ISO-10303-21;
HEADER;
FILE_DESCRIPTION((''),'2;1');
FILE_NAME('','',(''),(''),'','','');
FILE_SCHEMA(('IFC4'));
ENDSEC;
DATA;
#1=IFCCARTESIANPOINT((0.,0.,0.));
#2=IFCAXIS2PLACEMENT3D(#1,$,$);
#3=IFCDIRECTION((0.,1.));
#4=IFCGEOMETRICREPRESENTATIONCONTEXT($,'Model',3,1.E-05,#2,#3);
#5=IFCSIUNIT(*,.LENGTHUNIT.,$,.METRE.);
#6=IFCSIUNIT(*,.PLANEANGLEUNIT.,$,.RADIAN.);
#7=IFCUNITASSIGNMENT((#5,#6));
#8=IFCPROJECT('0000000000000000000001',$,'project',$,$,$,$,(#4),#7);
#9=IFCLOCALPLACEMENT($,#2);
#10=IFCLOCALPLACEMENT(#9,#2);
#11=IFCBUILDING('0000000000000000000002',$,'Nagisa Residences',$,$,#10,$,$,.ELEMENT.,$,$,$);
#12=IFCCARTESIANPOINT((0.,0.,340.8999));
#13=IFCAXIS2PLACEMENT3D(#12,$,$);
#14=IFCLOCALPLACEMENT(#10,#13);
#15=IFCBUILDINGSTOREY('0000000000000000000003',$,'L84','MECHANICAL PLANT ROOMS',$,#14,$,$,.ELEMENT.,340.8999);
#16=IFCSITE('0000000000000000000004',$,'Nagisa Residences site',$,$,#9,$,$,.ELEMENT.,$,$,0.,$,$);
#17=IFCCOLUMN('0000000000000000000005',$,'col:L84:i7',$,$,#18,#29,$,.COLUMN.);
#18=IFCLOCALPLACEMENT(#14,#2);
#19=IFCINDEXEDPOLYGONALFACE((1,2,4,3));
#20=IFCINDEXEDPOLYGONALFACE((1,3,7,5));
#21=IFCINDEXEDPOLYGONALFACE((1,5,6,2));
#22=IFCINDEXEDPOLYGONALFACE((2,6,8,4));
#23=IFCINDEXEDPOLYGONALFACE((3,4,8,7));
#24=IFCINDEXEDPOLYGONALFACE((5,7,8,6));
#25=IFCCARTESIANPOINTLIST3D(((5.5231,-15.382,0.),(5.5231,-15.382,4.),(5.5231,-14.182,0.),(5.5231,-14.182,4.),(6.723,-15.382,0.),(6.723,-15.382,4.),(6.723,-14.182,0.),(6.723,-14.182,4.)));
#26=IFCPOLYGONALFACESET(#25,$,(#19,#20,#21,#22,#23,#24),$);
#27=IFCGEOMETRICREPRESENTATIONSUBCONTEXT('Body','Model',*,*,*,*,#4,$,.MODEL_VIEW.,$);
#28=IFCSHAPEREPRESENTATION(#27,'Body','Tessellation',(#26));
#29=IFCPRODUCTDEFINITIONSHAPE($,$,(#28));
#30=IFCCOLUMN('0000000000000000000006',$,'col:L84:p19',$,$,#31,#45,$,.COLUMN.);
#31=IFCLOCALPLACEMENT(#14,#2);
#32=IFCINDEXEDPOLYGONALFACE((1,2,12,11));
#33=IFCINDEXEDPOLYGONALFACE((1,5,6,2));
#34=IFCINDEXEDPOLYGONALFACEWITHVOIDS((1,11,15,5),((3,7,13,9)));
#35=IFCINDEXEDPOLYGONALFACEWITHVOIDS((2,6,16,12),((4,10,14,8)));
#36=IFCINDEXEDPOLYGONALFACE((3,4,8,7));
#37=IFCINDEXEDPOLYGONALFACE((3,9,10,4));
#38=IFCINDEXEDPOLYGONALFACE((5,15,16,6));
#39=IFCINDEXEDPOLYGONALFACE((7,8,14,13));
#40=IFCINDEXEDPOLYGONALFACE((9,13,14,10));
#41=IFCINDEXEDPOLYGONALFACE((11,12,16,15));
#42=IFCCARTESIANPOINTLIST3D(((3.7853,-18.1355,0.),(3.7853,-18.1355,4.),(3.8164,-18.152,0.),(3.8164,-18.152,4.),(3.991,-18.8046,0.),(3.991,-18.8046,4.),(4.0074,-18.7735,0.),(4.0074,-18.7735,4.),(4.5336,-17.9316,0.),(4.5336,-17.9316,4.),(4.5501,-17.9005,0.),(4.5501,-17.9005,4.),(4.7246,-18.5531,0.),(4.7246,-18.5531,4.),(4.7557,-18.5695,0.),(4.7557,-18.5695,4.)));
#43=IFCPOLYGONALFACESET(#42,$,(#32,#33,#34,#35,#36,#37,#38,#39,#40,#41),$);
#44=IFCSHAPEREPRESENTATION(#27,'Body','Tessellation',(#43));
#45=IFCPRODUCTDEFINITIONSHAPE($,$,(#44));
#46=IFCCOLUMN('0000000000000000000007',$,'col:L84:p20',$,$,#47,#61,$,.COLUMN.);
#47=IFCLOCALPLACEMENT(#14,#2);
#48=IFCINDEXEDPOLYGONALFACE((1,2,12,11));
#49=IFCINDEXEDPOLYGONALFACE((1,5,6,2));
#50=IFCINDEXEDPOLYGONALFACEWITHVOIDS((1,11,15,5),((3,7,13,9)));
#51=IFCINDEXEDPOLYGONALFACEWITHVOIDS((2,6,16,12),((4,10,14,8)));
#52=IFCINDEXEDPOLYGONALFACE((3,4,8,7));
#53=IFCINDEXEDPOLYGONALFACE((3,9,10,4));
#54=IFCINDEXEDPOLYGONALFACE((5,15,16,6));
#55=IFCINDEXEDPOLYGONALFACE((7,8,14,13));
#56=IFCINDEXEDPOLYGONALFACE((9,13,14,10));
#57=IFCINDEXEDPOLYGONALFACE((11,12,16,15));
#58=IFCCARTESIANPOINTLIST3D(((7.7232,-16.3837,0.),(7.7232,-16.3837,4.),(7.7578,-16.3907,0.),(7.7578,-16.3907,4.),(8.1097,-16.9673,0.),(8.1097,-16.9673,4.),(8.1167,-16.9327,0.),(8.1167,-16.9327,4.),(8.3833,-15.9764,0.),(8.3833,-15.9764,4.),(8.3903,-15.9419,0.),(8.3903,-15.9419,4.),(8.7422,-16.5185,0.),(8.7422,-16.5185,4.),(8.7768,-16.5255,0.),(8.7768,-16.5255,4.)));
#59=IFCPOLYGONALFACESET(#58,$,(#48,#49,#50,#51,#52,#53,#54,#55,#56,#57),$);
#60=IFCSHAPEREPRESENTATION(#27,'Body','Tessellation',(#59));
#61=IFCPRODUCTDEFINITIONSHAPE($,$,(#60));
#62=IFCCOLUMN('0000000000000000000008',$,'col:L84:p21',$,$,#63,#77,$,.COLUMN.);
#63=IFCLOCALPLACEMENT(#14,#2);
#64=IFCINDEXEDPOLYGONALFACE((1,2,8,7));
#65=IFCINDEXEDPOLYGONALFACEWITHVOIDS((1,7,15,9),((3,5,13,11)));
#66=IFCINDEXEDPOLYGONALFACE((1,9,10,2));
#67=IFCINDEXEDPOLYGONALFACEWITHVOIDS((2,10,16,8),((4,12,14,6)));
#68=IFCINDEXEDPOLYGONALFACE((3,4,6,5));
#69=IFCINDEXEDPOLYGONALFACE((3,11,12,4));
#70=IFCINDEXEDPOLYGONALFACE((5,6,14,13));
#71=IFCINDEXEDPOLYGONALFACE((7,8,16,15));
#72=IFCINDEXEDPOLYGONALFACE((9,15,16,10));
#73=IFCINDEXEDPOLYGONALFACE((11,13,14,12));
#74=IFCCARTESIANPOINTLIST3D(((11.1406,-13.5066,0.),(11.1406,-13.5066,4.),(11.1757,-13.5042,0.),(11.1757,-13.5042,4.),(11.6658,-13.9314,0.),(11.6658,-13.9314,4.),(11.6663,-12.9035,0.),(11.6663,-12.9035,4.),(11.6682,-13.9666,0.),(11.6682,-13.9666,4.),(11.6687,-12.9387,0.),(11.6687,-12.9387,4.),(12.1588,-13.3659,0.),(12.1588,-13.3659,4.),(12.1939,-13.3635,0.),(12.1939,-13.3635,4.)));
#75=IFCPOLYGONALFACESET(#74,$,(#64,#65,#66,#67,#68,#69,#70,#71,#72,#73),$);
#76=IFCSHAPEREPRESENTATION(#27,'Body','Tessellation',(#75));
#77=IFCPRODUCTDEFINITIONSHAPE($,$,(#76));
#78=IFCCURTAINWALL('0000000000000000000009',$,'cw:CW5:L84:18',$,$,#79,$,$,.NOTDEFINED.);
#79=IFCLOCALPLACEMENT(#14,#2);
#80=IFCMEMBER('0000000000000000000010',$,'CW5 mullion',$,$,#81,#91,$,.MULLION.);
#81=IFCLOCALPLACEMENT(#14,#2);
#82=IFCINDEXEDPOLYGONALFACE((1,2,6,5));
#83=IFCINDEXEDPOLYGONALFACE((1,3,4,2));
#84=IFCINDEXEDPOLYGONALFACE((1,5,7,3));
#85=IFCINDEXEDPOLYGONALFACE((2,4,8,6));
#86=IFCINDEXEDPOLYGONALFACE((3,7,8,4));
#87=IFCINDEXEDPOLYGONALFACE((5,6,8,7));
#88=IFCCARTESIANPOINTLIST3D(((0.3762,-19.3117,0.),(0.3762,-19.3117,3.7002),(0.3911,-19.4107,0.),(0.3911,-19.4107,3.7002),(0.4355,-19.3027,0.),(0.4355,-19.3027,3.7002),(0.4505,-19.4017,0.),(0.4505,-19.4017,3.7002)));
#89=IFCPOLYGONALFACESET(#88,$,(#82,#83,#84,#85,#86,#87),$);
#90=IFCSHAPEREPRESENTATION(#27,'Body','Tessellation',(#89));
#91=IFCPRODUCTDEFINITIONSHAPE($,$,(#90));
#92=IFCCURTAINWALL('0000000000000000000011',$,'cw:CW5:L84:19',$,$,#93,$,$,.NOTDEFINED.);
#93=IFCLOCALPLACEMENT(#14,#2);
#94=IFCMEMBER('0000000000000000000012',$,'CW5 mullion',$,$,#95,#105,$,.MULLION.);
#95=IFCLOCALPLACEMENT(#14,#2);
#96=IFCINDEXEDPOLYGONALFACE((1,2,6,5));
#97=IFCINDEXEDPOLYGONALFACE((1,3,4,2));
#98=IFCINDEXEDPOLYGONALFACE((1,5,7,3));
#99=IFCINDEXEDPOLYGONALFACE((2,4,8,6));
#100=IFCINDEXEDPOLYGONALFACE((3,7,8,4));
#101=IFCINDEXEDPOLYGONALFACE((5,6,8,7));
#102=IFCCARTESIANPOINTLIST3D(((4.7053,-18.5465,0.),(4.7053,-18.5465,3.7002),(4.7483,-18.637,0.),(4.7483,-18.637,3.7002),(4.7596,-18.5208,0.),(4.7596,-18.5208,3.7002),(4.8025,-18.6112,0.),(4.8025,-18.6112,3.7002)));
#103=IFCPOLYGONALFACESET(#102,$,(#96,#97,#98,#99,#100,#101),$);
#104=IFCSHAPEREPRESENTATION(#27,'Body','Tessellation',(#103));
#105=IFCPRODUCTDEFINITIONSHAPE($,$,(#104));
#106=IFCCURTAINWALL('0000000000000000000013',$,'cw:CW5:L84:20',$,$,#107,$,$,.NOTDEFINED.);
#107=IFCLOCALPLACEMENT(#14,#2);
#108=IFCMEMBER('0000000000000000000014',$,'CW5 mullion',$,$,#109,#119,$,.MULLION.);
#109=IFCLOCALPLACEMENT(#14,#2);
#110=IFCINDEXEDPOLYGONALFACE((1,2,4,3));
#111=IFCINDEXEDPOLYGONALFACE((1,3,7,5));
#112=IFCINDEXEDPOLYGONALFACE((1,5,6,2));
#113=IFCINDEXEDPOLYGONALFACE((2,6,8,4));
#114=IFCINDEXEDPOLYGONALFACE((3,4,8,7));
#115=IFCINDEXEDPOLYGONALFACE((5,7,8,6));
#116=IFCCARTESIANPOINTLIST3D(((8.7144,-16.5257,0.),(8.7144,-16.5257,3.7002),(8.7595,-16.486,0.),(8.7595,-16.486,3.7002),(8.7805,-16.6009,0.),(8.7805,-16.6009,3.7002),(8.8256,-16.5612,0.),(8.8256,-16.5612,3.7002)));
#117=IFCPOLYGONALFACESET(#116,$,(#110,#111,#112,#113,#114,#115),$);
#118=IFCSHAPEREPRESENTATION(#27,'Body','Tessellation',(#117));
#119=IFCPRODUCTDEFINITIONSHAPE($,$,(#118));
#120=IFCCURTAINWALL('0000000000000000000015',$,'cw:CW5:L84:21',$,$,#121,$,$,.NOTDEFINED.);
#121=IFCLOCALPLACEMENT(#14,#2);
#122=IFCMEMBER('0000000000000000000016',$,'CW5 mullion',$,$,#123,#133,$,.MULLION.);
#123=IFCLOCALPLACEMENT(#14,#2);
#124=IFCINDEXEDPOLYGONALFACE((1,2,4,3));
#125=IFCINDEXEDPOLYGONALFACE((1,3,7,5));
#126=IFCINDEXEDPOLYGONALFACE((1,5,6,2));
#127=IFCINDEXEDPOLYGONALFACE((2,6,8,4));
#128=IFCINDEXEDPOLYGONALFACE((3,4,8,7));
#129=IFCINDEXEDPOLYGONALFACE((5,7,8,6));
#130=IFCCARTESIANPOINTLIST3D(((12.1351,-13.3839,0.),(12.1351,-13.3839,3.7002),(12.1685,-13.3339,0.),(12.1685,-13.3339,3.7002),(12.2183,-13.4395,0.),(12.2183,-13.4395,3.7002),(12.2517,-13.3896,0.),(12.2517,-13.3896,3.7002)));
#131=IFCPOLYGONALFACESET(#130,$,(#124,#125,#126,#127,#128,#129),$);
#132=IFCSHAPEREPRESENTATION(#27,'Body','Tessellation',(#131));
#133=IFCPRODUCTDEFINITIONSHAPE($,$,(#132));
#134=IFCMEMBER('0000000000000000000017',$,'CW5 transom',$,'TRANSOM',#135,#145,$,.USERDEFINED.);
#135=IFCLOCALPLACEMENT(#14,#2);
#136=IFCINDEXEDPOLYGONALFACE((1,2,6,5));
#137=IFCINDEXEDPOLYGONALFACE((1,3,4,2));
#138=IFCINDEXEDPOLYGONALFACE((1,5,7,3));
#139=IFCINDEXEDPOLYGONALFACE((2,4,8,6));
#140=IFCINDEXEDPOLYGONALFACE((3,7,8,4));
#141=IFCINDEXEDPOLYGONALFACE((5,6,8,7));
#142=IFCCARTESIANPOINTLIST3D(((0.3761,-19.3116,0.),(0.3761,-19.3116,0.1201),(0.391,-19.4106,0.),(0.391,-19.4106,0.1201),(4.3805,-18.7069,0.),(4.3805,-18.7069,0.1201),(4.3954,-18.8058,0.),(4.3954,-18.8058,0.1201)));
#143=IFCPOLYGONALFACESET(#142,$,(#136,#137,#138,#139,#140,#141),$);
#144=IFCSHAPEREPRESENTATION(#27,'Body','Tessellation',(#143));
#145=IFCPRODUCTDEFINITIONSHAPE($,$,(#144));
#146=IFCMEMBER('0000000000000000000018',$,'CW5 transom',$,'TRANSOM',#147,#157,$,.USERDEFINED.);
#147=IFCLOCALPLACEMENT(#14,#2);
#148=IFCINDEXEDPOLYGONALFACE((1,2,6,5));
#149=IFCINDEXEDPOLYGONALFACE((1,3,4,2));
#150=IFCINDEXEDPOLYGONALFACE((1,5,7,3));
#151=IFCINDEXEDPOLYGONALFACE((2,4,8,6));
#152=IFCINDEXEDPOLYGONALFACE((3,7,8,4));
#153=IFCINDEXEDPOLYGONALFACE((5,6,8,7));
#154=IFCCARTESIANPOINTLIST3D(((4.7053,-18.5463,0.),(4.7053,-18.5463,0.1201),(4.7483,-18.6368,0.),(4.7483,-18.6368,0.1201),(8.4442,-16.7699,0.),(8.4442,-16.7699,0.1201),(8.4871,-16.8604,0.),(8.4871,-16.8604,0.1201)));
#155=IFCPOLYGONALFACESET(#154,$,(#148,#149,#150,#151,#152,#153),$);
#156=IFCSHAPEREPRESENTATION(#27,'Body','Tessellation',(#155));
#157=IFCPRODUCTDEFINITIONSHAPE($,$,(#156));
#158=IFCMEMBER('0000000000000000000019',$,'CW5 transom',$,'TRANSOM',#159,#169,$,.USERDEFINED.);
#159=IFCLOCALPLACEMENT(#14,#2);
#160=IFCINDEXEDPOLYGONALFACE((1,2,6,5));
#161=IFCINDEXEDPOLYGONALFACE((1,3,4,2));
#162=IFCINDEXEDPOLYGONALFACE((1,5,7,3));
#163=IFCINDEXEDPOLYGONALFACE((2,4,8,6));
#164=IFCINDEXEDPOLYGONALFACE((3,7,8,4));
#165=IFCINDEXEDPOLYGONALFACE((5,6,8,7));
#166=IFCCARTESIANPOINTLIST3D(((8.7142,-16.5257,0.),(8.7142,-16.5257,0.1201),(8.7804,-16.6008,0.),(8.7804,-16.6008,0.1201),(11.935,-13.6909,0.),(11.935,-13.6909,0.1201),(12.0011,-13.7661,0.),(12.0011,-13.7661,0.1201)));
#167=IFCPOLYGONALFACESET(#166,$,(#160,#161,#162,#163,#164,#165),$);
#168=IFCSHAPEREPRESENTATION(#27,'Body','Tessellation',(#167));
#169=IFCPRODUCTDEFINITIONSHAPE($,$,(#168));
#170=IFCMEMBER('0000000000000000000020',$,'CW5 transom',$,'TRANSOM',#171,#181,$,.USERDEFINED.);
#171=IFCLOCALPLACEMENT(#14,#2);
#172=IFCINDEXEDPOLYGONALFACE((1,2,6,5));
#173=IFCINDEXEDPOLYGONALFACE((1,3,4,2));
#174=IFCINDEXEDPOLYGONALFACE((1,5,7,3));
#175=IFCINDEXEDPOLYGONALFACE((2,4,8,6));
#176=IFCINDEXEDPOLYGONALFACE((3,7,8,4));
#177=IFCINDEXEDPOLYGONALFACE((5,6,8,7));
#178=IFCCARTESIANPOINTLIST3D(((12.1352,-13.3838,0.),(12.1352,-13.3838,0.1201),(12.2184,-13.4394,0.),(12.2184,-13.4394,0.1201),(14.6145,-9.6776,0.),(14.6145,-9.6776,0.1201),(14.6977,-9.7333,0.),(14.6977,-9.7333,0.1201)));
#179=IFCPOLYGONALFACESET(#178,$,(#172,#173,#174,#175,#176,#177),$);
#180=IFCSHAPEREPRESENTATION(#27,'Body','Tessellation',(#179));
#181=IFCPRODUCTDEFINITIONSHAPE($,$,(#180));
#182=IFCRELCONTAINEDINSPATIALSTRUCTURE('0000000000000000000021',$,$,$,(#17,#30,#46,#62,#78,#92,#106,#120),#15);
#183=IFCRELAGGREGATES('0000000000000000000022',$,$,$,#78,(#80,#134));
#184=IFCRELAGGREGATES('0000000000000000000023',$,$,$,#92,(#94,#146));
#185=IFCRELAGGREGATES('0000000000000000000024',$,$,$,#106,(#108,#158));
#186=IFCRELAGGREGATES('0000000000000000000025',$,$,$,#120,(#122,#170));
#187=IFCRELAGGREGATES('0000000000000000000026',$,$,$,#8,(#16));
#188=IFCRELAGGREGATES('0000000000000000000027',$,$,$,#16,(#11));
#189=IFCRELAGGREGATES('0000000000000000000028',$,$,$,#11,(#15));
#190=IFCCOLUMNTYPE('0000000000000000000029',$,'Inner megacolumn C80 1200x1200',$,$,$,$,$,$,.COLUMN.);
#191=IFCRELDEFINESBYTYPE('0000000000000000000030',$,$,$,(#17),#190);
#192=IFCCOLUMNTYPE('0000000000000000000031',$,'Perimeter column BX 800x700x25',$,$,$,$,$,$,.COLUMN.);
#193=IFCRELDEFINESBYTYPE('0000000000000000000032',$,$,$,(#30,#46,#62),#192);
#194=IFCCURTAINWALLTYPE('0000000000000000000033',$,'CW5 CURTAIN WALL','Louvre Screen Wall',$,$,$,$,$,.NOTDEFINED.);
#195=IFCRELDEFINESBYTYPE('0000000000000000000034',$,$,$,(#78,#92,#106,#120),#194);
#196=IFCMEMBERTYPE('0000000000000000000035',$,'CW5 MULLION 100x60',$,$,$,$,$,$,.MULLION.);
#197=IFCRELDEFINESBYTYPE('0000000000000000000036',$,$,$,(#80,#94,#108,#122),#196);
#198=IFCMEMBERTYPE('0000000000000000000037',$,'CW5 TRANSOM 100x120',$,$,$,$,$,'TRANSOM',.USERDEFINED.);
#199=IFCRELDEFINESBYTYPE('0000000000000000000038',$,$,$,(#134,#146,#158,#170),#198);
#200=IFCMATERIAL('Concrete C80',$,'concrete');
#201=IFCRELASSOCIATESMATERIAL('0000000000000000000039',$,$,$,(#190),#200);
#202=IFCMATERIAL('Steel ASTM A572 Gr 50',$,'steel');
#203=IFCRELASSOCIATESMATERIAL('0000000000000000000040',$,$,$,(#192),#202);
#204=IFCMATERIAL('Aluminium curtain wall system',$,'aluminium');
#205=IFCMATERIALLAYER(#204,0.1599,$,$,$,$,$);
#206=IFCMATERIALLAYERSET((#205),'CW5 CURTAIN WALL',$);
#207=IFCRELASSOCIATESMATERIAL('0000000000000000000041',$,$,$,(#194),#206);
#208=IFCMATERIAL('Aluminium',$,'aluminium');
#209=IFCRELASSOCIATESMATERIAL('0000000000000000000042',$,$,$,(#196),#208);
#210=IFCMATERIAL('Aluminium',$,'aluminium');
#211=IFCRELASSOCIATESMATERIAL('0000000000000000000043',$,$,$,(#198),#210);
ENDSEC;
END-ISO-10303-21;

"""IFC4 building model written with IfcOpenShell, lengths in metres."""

from ifc_helpers import new_model, si_unit, direction, frame, origin, origin_2d, place, context, subcontext, project, spatial, rectangle, hollow_rectangle, extrude, material, layer, layer_set, material_profile, profile_set, type_object, element, aggregate, save


model = new_model("IFC4")

# Units and contexts
model_context = context("Model", 3, precision=1e-05, world=origin(), true_north=direction((0.0, 1.0)))
body_context = subcontext(model_context, "Body", "Model", "MODEL_VIEW")
ifc_project = project(units=[si_unit("LENGTHUNIT", "METRE"), si_unit("PLANEANGLEUNIT", "RADIAN")], contexts=[model_context])

# Site, building, storey
site_placement = place(None, origin())
site = spatial("IfcSite", under=ifc_project, at=site_placement, Name="Nagisa Residences site", CompositionType="ELEMENT", RefElevation=0.0)
building_placement = place(site_placement, origin())
building = spatial("IfcBuilding", under=site, at=building_placement, Name="Nagisa Residences", CompositionType="ELEMENT")
storey_placement = place(building_placement, frame((0.0, 0.0, 340.8999)))
storey = spatial("IfcBuildingStorey", under=building, at=storey_placement, Name="L84", Description="MECHANICAL PLANT ROOMS", CompositionType="ELEMENT", Elevation=340.8999)

# Columns
ifc_material_1 = material(Name="Concrete C80", Category="concrete")
ifc_material_profile_1 = material_profile(ifc_material_1, rectangle(XDim=1.2, YDim=1.2, at=origin_2d()), Name="C80 1200x1200")
ifc_profile_set_1 = profile_set([ifc_material_profile_1], Name="Concrete C80")
column_type_1 = type_object("IfcColumnType", Name="Inner megacolumn C80 1200x1200", PredefinedType="COLUMN", material=ifc_profile_set_1)
column_placement = place(storey_placement, frame((6.123, -14.782, 0.0), z_axis=(0.0, 0.0, 1.0), x_axis=(1.0, 0.0, 0.0)))
element("IfcColumn", 1, at=column_placement, inside=storey, type_object=column_type_1, Name="col:L84:i7", PredefinedType="COLUMN", context=body_context, shape_type="SweptSolid", body=[
    extrude(rectangle(XDim=1.2, YDim=1.2, at=origin_2d()), origin(), (0.0, 0.0, 1.0), 4.0),
])
ifc_material_2 = material(Name="Steel ASTM A572 Gr 50", Category="steel")
ifc_material_profile_2 = material_profile(ifc_material_2, hollow_rectangle(XDim=0.8, YDim=0.7, WallThickness=0.0249, at=origin_2d()), Name="BX 800x700x25")
ifc_profile_set_2 = profile_set([ifc_material_profile_2], Name="Steel ASTM A572 Gr 50")
column_type_2 = type_object("IfcColumnType", Name="Perimeter column BX 800x700x25", PredefinedType="COLUMN", material=ifc_profile_set_2)
for number, where, z_axis, x_axis, name in (
    (2, (4.2705, -18.3525, 0.0), (0.0, 0.0, 1.0), (0.95587, 0.29379, 0.0), "col:L84:p19"),
    (3, (8.25, -16.4546, 0.0), (0.0, 0.0, 1.0), (0.833744, 0.552151, 0.0), "col:L84:p20"),
    (4, (11.6672, -13.4351, 0.0), (0.0, 0.0, 1.0), (0.657135, 0.753773, 0.0), "col:L84:p21"),
):
    element("IfcColumn", number, at=place(storey_placement, frame(where, z_axis=z_axis, x_axis=x_axis)), inside=storey, type_object=column_type_2, Name=name, PredefinedType="COLUMN", context=body_context, shape_type="SweptSolid", body=[
        extrude(hollow_rectangle(XDim=0.8, YDim=0.7, WallThickness=0.0249, at=origin_2d()), origin(), (0.0, 0.0, 1.0), 4.0),
    ])

# Curtain walls, members
ifc_material_3 = material(Name="Aluminium curtain wall system", Category="aluminium")
ifc_layer_1 = layer(ifc_material_3, 0.1599)
ifc_layer_set_1 = layer_set([ifc_layer_1], Name="CW5 CURTAIN WALL")
curtain_wall_type = type_object("IfcCurtainWallType", Name="CW5 CURTAIN WALL", Description="Louvre Screen Wall", PredefinedType="NOTDEFINED", material=ifc_layer_set_1)
curtain_wall_1_placement = place(storey_placement, origin())
curtain_wall_1 = element("IfcCurtainWall", 5, at=curtain_wall_1_placement, inside=storey, type_object=curtain_wall_type, Name="cw:CW5:L84:18", PredefinedType="NOTDEFINED")
ifc_material_4 = material(Name="Aluminium", Category="aluminium")
ifc_material_profile_3 = material_profile(ifc_material_4, rectangle(XDim=0.1001, YDim=0.0601, at=origin_2d()), Name="CW5 MULLION 100x60")
ifc_profile_set_3 = profile_set([ifc_material_profile_3], Name="Aluminium")
member_type_1 = type_object("IfcMemberType", Name="CW5 MULLION 100x60", PredefinedType="MULLION", material=ifc_profile_set_3)
member_1_placement = place(storey_placement, frame((0.4133, -19.3567, 0.0), z_axis=(0.0, 0.0, 1.0), x_axis=(-0.14932, 0.988789, 0.0)))
member_1 = element("IfcMember", 6, at=member_1_placement, type_object=member_type_1, Name="CW5 mullion", PredefinedType="MULLION", context=body_context, shape_type="SweptSolid", body=[
    extrude(rectangle(XDim=0.1001, YDim=0.0601, at=origin_2d()), origin(), (0.0, 0.0, 1.0), 3.7002),
])
curtain_wall_2_placement = place(storey_placement, origin())
curtain_wall_2 = element("IfcCurtainWall", 7, at=curtain_wall_2_placement, inside=storey, type_object=curtain_wall_type, Name="cw:CW5:L84:19", PredefinedType="NOTDEFINED")
member_2_placement = place(storey_placement, frame((4.7539, -18.5789, 0.0), z_axis=(0.0, 0.0, 1.0), x_axis=(-0.429151, 0.903233, 0.0)))
member_2 = element("IfcMember", 8, at=member_2_placement, type_object=member_type_1, Name="CW5 mullion", PredefinedType="MULLION", context=body_context, shape_type="SweptSolid", body=[
    extrude(rectangle(XDim=0.1001, YDim=0.0601, at=origin_2d()), origin(), (0.0, 0.0, 1.0), 3.7002),
])
curtain_wall_3_placement = place(storey_placement, origin())
curtain_wall_3 = element("IfcCurtainWall", 9, at=curtain_wall_3_placement, inside=storey, type_object=curtain_wall_type, Name="cw:CW5:L84:20", PredefinedType="NOTDEFINED")
member_3_placement = place(storey_placement, frame((8.77, -16.5435, 0.0), z_axis=(0.0, 0.0, 1.0), x_axis=(-0.660699, 0.750651, 0.0)))
member_3 = element("IfcMember", 10, at=member_3_placement, type_object=member_type_1, Name="CW5 mullion", PredefinedType="MULLION", context=body_context, shape_type="SweptSolid", body=[
    extrude(rectangle(XDim=0.1001, YDim=0.0601, at=origin_2d()), origin(), (0.0, 0.0, 1.0), 3.7002),
])
curtain_wall_4_placement = place(storey_placement, origin())
curtain_wall_4 = element("IfcCurtainWall", 11, at=curtain_wall_4_placement, inside=storey, type_object=curtain_wall_type, Name="cw:CW5:L84:21", PredefinedType="NOTDEFINED")
member_4_placement = place(storey_placement, frame((12.1934, -13.3867, 0.0), z_axis=(0.0, 0.0, 1.0), x_axis=(-0.831173, 0.556014, 0.0)))
member_4 = element("IfcMember", 12, at=member_4_placement, type_object=member_type_1, Name="CW5 mullion", PredefinedType="MULLION", context=body_context, shape_type="SweptSolid", body=[
    extrude(rectangle(XDim=0.1001, YDim=0.0601, at=origin_2d()), origin(), (0.0, 0.0, 1.0), 3.7002),
])

# Members
ifc_material_5 = material(Name="Aluminium", Category="aluminium")
ifc_material_profile_4 = material_profile(ifc_material_5, rectangle(XDim=0.1001, YDim=0.1201, at=origin_2d()), Name="CW5 TRANSOM 100x120")
ifc_profile_set_4 = profile_set([ifc_material_profile_4], Name="Aluminium")
member_type_2 = type_object("IfcMemberType", Name="CW5 TRANSOM 100x120", ElementType="TRANSOM", PredefinedType="USERDEFINED", material=ifc_profile_set_4)
member_5_placement = place(storey_placement, frame((0.3835, -19.3611, 0.0601), z_axis=(0.988788, 0.149325, 0.0), x_axis=(-0.149325, 0.988788, 0.0)))
member_5 = element("IfcMember", 13, at=member_5_placement, type_object=member_type_2, Name="CW5 transom", ObjectType="TRANSOM", PredefinedType="USERDEFINED", context=body_context, shape_type="SweptSolid", body=[
    extrude(rectangle(XDim=0.1001, YDim=0.1201, at=origin_2d()), origin(), (0.0, 0.0, 1.0), 4.0498),
])
member_6_placement = place(storey_placement, frame((4.7268, -18.5916, 0.0601), z_axis=(0.903235, 0.429146, 0.0), x_axis=(-0.429146, 0.903235, 0.0)))
member_6 = element("IfcMember", 14, at=member_6_placement, type_object=member_type_2, Name="CW5 transom", ObjectType="TRANSOM", PredefinedType="USERDEFINED", context=body_context, shape_type="SweptSolid", body=[
    extrude(rectangle(XDim=0.1001, YDim=0.1201, at=origin_2d()), origin(), (0.0, 0.0, 1.0), 4.1394),
])
member_7_placement = place(storey_placement, frame((8.7473, -16.5632, 0.0601), z_axis=(0.750656, 0.660693, 0.0), x_axis=(-0.660693, 0.750656, 0.0)))
member_7 = element("IfcMember", 15, at=member_7_placement, type_object=member_type_2, Name="CW5 transom", ObjectType="TRANSOM", PredefinedType="USERDEFINED", context=body_context, shape_type="SweptSolid", body=[
    extrude(rectangle(XDim=0.1001, YDim=0.1201, at=origin_2d()), origin(), (0.0, 0.0, 1.0), 4.2905),
])
member_8_placement = place(storey_placement, frame((12.1768, -13.4116, 0.0601), z_axis=(0.556026, 0.831165, 0.0), x_axis=(-0.831165, 0.556026, 0.0)))
member_8 = element("IfcMember", 16, at=member_8_placement, type_object=member_type_2, Name="CW5 transom", ObjectType="TRANSOM", PredefinedType="USERDEFINED", context=body_context, shape_type="SweptSolid", body=[
    extrude(rectangle(XDim=0.1001, YDim=0.1201, at=origin_2d()), origin(), (0.0, 0.0, 1.0), 4.459),
])

aggregate(curtain_wall_1, [member_1, member_5])
aggregate(curtain_wall_2, [member_2, member_6])
aggregate(curtain_wall_3, [member_3, member_7])
aggregate(curtain_wall_4, [member_4, member_8])

save(model, "model.ifc")
